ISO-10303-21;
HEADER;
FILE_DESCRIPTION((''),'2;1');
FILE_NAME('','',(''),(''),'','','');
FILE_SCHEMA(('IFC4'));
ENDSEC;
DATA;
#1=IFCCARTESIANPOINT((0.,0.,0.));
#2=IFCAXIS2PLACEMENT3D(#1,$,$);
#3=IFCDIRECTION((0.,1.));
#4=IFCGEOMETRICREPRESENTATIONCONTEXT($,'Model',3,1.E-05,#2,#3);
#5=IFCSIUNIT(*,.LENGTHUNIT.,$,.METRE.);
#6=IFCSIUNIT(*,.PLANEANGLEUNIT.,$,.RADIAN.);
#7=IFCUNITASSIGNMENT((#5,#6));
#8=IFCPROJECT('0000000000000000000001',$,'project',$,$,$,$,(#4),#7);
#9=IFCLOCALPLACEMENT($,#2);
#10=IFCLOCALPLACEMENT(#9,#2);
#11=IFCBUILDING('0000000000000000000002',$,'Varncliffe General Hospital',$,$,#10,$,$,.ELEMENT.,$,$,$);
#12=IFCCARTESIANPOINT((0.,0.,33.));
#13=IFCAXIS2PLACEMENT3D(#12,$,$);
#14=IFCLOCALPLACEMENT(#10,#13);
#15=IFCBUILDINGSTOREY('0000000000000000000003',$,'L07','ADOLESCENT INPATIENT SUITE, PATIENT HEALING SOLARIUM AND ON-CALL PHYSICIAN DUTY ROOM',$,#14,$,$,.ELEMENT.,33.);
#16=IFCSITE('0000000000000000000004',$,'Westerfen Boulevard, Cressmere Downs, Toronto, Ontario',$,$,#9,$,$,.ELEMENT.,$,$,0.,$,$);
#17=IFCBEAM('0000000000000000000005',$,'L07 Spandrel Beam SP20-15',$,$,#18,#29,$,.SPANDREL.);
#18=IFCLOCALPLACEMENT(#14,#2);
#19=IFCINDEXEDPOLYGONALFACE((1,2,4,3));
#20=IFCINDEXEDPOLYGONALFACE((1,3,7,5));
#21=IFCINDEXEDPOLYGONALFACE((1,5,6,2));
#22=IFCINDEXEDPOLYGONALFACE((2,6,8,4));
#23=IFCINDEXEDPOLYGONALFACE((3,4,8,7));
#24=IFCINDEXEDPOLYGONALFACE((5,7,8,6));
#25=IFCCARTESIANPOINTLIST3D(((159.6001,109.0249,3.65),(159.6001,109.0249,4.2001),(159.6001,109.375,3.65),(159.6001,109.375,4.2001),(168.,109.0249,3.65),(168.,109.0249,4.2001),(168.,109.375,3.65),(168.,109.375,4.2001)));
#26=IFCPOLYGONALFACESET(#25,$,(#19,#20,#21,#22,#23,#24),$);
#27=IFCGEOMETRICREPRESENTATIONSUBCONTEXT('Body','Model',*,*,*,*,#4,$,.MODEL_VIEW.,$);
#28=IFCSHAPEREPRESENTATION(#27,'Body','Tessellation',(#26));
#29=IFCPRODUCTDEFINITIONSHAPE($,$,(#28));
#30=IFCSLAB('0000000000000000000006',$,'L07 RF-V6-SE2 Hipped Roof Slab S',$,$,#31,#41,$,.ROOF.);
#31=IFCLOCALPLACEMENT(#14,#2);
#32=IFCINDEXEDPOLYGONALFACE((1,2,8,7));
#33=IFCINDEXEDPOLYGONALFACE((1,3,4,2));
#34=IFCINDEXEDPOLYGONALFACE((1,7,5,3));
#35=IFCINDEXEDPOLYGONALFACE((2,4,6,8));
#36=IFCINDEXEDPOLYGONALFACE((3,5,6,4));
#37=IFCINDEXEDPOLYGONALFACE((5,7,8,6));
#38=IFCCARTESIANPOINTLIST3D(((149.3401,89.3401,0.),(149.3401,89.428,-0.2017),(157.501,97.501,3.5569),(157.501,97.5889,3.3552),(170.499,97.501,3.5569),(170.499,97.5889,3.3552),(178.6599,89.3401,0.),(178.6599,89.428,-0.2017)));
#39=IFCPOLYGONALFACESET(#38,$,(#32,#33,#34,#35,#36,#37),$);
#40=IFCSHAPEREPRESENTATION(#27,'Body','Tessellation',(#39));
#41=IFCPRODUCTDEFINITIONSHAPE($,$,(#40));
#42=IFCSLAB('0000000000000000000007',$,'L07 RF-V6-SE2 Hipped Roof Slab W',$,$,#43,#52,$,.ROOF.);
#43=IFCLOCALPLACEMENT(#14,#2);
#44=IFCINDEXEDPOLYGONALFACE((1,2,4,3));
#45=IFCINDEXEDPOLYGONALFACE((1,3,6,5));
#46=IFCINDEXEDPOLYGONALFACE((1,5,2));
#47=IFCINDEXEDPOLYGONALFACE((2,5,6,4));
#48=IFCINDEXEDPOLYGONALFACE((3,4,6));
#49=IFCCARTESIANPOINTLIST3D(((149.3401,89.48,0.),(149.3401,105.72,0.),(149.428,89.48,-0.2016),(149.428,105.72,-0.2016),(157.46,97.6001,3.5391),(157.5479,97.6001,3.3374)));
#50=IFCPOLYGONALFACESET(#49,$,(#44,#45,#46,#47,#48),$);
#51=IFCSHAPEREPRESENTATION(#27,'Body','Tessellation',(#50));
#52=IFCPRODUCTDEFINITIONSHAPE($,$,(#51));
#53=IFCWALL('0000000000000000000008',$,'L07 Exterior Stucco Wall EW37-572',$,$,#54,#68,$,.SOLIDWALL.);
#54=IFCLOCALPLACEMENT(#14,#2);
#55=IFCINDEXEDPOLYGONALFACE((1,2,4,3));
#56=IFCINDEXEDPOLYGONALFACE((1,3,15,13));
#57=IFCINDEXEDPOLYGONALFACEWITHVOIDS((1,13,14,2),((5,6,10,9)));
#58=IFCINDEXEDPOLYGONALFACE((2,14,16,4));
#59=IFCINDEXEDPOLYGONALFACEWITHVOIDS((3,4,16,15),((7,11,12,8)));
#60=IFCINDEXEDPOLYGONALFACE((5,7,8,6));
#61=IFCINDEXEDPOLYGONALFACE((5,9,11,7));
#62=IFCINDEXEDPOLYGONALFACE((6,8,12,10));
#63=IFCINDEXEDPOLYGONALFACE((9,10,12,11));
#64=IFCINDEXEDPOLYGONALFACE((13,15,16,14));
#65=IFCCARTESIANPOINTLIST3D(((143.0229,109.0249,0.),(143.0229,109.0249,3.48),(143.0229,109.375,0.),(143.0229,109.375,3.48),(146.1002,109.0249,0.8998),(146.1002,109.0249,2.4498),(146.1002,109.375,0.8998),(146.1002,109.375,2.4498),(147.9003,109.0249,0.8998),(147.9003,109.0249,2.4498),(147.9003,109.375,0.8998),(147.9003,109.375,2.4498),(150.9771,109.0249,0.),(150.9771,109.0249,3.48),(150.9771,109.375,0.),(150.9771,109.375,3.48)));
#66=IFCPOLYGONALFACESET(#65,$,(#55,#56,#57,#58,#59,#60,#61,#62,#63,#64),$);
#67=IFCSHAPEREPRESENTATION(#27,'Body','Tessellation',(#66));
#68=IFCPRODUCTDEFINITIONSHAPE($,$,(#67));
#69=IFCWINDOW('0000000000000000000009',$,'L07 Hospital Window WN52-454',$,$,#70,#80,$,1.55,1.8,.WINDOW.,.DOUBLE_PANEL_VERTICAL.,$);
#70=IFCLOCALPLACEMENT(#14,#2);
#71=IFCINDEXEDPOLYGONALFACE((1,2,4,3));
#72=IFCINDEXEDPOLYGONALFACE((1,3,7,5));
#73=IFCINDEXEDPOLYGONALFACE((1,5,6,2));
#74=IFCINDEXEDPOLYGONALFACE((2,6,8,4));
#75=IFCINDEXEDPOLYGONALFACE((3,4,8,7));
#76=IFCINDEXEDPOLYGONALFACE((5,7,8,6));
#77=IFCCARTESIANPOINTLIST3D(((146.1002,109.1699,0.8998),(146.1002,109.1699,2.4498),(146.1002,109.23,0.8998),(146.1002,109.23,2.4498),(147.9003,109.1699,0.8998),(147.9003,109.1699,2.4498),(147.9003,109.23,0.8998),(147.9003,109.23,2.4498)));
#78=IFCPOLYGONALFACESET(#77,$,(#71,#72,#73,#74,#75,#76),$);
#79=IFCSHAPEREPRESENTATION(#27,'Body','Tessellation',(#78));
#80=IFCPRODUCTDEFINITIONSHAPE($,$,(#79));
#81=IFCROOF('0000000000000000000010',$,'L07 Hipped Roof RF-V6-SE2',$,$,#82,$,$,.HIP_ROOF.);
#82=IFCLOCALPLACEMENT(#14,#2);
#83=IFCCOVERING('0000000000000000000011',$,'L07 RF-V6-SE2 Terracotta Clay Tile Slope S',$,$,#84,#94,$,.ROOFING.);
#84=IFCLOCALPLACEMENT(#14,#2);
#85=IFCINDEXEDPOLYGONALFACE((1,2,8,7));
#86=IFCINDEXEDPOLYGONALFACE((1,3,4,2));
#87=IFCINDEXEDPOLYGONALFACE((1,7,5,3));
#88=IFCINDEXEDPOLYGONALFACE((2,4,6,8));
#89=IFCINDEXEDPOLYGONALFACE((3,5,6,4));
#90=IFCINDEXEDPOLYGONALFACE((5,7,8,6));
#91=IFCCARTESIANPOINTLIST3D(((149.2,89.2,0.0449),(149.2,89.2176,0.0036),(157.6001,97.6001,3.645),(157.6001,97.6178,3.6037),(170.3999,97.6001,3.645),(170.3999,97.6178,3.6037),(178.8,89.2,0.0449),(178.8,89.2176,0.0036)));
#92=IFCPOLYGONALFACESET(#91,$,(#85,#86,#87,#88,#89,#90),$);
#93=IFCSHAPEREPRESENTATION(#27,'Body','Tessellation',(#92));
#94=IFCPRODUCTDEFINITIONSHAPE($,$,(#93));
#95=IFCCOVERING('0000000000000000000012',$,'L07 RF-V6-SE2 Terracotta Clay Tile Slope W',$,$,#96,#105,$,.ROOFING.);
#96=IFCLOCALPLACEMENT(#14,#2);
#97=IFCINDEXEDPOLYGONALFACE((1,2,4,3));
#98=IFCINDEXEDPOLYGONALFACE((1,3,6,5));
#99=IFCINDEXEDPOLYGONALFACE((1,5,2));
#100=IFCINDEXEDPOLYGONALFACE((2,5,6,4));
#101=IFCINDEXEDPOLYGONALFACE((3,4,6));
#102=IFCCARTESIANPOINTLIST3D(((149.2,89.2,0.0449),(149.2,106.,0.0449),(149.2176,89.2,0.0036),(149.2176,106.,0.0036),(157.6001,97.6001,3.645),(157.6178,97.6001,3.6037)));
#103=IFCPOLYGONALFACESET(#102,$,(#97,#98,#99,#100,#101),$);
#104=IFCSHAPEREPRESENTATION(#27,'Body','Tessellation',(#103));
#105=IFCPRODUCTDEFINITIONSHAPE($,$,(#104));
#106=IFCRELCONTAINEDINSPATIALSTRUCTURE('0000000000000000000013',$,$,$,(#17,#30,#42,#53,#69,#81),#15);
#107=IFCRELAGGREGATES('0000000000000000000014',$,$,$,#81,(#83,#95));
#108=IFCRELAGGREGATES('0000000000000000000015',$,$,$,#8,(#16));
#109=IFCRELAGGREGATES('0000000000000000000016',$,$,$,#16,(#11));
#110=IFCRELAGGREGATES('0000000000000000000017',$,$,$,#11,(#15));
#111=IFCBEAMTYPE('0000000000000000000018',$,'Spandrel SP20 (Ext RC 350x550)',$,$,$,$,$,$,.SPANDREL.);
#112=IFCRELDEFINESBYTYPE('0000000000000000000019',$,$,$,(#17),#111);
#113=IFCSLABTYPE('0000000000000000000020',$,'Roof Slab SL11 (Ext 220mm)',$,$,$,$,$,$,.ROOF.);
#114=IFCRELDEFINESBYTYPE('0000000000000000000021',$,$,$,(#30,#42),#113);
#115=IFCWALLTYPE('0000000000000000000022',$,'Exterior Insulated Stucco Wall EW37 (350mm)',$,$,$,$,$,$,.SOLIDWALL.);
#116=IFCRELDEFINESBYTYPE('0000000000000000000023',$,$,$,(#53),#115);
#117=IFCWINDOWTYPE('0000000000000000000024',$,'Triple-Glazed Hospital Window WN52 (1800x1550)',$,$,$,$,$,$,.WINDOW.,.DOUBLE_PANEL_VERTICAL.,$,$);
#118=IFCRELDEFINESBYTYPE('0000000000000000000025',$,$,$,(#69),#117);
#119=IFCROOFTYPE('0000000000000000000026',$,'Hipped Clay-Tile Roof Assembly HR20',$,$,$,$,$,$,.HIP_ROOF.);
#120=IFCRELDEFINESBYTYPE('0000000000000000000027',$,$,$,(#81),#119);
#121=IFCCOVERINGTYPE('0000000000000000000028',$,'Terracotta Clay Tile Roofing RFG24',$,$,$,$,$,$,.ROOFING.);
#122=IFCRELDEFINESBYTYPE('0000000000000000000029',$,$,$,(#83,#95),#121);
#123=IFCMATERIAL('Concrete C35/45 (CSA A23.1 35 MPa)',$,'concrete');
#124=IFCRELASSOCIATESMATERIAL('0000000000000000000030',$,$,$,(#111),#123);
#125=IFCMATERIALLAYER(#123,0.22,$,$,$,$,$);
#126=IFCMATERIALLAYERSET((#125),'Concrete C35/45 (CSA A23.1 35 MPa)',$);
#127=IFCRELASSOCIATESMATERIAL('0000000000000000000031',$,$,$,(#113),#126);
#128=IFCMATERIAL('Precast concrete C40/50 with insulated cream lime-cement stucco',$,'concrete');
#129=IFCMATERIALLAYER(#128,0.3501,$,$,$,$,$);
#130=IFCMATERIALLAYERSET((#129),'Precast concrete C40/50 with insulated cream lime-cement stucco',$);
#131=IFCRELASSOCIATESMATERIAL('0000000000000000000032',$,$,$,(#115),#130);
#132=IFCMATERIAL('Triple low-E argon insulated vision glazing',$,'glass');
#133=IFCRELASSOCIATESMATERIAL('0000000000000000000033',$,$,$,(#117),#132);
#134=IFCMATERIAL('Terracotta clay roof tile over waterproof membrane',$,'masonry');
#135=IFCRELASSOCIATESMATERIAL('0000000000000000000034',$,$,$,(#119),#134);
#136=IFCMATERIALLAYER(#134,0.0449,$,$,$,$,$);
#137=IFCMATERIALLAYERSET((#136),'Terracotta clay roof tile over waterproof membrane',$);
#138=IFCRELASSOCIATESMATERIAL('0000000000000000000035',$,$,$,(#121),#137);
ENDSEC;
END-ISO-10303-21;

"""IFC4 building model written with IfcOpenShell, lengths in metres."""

from ifc_helpers import new_model, si_unit, direction, frame, frame_2d, origin, origin_2d, place, context, subcontext, project, spatial, polyline, rectangle, outline, extrude, material, layer, layer_set, material_profile, profile_set, type_object, element, fill, aggregate, save


model = new_model("IFC4")

# Units and contexts
model_context = context("Model", 3, precision=1e-05, world=origin(), true_north=direction((0.0, 1.0)))
body_context = subcontext(model_context, "Body", "Model", "MODEL_VIEW")
ifc_project = project(units=[si_unit("LENGTHUNIT", "METRE"), si_unit("PLANEANGLEUNIT", "RADIAN")], contexts=[model_context])

# Site, building, storey
site_placement = place(None, origin())
site = spatial("IfcSite", under=ifc_project, at=site_placement, Name="Westerfen Boulevard, Cressmere Downs, Toronto, Ontario", CompositionType="ELEMENT", RefElevation=0.0)
building_placement = place(site_placement, origin())
building = spatial("IfcBuilding", under=site, at=building_placement, Name="Varncliffe General Hospital", CompositionType="ELEMENT")
storey_placement = place(building_placement, frame((0.0, 0.0, 33.0)))
storey = spatial("IfcBuildingStorey", under=building, at=storey_placement, Name="L07", Description="ADOLESCENT INPATIENT SUITE, PATIENT HEALING SOLARIUM AND ON-CALL PHYSICIAN DUTY ROOM", CompositionType="ELEMENT", Elevation=33.0)

# Shared definitions
ifc_material_1 = material(Name="Concrete C35/45 (CSA A23.1 35 MPa)", Category="concrete")

# Beam
ifc_material_profile_1 = material_profile(ifc_material_1, rectangle(XDim=0.3501, YDim=0.55, at=origin_2d()), Name="RC 350x550")
ifc_profile_set_1 = profile_set([ifc_material_profile_1], Name="Concrete C35/45 (CSA A23.1 35 MPa)")
beam_type_1 = type_object("IfcBeamType", Name="Spandrel SP20 (Ext RC 350x550)", PredefinedType="SPANDREL", material=ifc_profile_set_1)
beam_1_placement = place(storey_placement, frame((159.6001, 109.2, 3.925), z_axis=(1.0, 0.0, 0.0), x_axis=(0.0, 1.0, 0.0)))
element("IfcBeam", 1, at=beam_1_placement, inside=storey, type_object=beam_type_1, Name="L07 Spandrel Beam SP20-15", PredefinedType="SPANDREL", context=body_context, shape_type="SweptSolid", body=[
    extrude(rectangle(XDim=0.3501, YDim=0.55, at=origin_2d()), origin(), (0.0, 0.0, 1.0), 8.3999),
])

# Slabs
ifc_layer_1 = layer(ifc_material_1, 0.22)
ifc_layer_set_1 = layer_set([ifc_layer_1], Name="Concrete C35/45 (CSA A23.1 35 MPa)")
slab_type = type_object("IfcSlabType", Name="Roof Slab SL11 (Ext 220mm)", PredefinedType="ROOF", material=ifc_layer_set_1)
slab_1_placement = place(storey_placement, frame((149.3401, 89.3401, 0.0), z_axis=(0.0, -0.399545, 0.916713), x_axis=(1.0, 0.0, 0.0)))
element("IfcSlab", 2, at=slab_1_placement, inside=storey, type_object=slab_type, Name="L07 RF-V6-SE2 Hipped Roof Slab S", PredefinedType="ROOF", context=body_context, shape_type="SweptSolid", body=[
    extrude(outline(polyline([(0.0, 0.0), (29.3198, 0.0), (21.1589, 8.9023), (8.1609, 8.9023), (0.0, 0.0)])), origin(), (0.0, 0.0, -1.0), 0.22),
])
slab_2_placement = place(storey_placement, frame((149.3401, 105.72, 0.0), z_axis=(-0.39955, 0.0, 0.916711), x_axis=(0.0, -1.0, 0.0)))
element("IfcSlab", 3, at=slab_2_placement, inside=storey, type_object=slab_type, Name="L07 RF-V6-SE2 Hipped Roof Slab W", PredefinedType="ROOF", context=body_context, shape_type="SweptSolid", body=[
    extrude(outline(polyline([(0.0, 0.0), (16.24, 0.0), (8.1199, 8.8576), (0.0, 0.0)])), origin(), (0.0, 0.0, -1.0), 0.22),
])

# Shared definitions
ifc_material_2 = material(Name="Precast concrete C40/50 with insulated cream lime-cement stucco", Category="concrete")

# Wall, opening, window
ifc_layer_2 = layer(ifc_material_2, 0.3501)
ifc_layer_set_2 = layer_set([ifc_layer_2], Name="Precast concrete C40/50 with insulated cream lime-cement stucco")
wall_type_1 = type_object("IfcWallType", Name="Exterior Insulated Stucco Wall EW37 (350mm)", PredefinedType="SOLIDWALL", material=ifc_layer_set_2)
wall_1_placement = place(storey_placement, frame((150.9771, 109.2, 0.0), z_axis=(0.0, 0.0, 1.0), x_axis=(-1.0, 0.0, 0.0)))
wall_1 = element("IfcWall", 4, at=wall_1_placement, inside=storey, type_object=wall_type_1, Name="L07 Exterior Stucco Wall EW37-572", PredefinedType="SOLIDWALL", context=body_context, shape_type="SweptSolid", body=[
    extrude(rectangle(XDim=7.9541, YDim=0.3501, at=frame_2d((3.9771, 0.0))), origin(), (0.0, 0.0, 1.0), 3.48),
])
opening_1_placement = place(wall_1_placement, frame((3.0769, 0.0, 0.8999)))
opening_1 = element("IfcOpeningElement", 5, at=opening_1_placement, cuts=wall_1, PredefinedType="OPENING", context=body_context, shape_type="SweptSolid", body=[
    extrude(rectangle(XDim=1.8, YDim=1.55, at=frame_2d((0.8999, 0.7749))), frame((0.0, 0.1851, 0.0), z_axis=(0.0, -1.0, 0.0), x_axis=(1.0, 0.0, 0.0)), (0.0, 0.0, 1.0), 0.3701),
])
ifc_material_3 = material(Name="Triple low-E argon insulated vision glazing", Category="glass")
window_type = type_object("IfcWindowType", Name="Triple-Glazed Hospital Window WN52 (1800x1550)", PartitioningType="DOUBLE_PANEL_VERTICAL", PredefinedType="WINDOW", material=ifc_material_3)
window_placement = place(opening_1_placement, origin())
window = element("IfcWindow", 6, at=window_placement, inside=storey, type_object=window_type, Name="L07 Hospital Window WN52-454", OverallHeight=1.55, OverallWidth=1.8, PartitioningType="DOUBLE_PANEL_VERTICAL", PredefinedType="WINDOW", context=body_context, shape_type="SweptSolid", body=[
    extrude(rectangle(XDim=1.8, YDim=1.55, at=frame_2d((0.8999, 0.7749))), frame((0.0, 0.03, 0.0), z_axis=(0.0, -1.0, 0.0), x_axis=(1.0, 0.0, 0.0)), (0.0, 0.0, 1.0), 0.0601),
])
fill(opening_1, window)

# Roof, coverings
ifc_material_4 = material(Name="Terracotta clay roof tile over waterproof membrane", Category="masonry")
roof_type = type_object("IfcRoofType", Name="Hipped Clay-Tile Roof Assembly HR20", PredefinedType="HIP_ROOF", material=ifc_material_4)
roof_placement = place(storey_placement, origin())
roof = element("IfcRoof", 7, at=roof_placement, inside=storey, type_object=roof_type, Name="L07 Hipped Roof RF-V6-SE2", PredefinedType="HIP_ROOF")
ifc_layer_3 = layer(ifc_material_4, 0.0449)
ifc_layer_set_3 = layer_set([ifc_layer_3], Name="Terracotta clay roof tile over waterproof membrane")
covering_type = type_object("IfcCoveringType", Name="Terracotta Clay Tile Roofing RFG24", PredefinedType="ROOFING", material=ifc_layer_set_3)
covering_1_placement = place(storey_placement, frame((149.2, 89.2, 0.0449), z_axis=(0.0, -0.393923, 0.919144), x_axis=(1.0, 0.0, 0.0)))
covering_1 = element("IfcCovering", 8, at=covering_1_placement, type_object=covering_type, Name="L07 RF-V6-SE2 Terracotta Clay Tile Slope S", PredefinedType="ROOFING", context=body_context, shape_type="SweptSolid", body=[
    extrude(outline(polyline([(0.0, 0.0), (29.6001, 0.0), (21.2, 9.1391), (8.4001, 9.1391), (0.0, 0.0)])), origin(), (0.0, 0.0, -1.0), 0.0449),
])
covering_2_placement = place(storey_placement, frame((149.2, 106.0, 0.0449), z_axis=(-0.393923, 0.0, 0.919144), x_axis=(0.0, -1.0, 0.0)))
covering_2 = element("IfcCovering", 9, at=covering_2_placement, type_object=covering_type, Name="L07 RF-V6-SE2 Terracotta Clay Tile Slope W", PredefinedType="ROOFING", context=body_context, shape_type="SweptSolid", body=[
    extrude(outline(polyline([(0.0, 0.0), (16.8, 0.0), (8.3999, 9.1391), (0.0, 0.0)])), origin(), (0.0, 0.0, -1.0), 0.0449),
])
aggregate(roof, [covering_1, covering_2])

save(model, "model.ifc")
